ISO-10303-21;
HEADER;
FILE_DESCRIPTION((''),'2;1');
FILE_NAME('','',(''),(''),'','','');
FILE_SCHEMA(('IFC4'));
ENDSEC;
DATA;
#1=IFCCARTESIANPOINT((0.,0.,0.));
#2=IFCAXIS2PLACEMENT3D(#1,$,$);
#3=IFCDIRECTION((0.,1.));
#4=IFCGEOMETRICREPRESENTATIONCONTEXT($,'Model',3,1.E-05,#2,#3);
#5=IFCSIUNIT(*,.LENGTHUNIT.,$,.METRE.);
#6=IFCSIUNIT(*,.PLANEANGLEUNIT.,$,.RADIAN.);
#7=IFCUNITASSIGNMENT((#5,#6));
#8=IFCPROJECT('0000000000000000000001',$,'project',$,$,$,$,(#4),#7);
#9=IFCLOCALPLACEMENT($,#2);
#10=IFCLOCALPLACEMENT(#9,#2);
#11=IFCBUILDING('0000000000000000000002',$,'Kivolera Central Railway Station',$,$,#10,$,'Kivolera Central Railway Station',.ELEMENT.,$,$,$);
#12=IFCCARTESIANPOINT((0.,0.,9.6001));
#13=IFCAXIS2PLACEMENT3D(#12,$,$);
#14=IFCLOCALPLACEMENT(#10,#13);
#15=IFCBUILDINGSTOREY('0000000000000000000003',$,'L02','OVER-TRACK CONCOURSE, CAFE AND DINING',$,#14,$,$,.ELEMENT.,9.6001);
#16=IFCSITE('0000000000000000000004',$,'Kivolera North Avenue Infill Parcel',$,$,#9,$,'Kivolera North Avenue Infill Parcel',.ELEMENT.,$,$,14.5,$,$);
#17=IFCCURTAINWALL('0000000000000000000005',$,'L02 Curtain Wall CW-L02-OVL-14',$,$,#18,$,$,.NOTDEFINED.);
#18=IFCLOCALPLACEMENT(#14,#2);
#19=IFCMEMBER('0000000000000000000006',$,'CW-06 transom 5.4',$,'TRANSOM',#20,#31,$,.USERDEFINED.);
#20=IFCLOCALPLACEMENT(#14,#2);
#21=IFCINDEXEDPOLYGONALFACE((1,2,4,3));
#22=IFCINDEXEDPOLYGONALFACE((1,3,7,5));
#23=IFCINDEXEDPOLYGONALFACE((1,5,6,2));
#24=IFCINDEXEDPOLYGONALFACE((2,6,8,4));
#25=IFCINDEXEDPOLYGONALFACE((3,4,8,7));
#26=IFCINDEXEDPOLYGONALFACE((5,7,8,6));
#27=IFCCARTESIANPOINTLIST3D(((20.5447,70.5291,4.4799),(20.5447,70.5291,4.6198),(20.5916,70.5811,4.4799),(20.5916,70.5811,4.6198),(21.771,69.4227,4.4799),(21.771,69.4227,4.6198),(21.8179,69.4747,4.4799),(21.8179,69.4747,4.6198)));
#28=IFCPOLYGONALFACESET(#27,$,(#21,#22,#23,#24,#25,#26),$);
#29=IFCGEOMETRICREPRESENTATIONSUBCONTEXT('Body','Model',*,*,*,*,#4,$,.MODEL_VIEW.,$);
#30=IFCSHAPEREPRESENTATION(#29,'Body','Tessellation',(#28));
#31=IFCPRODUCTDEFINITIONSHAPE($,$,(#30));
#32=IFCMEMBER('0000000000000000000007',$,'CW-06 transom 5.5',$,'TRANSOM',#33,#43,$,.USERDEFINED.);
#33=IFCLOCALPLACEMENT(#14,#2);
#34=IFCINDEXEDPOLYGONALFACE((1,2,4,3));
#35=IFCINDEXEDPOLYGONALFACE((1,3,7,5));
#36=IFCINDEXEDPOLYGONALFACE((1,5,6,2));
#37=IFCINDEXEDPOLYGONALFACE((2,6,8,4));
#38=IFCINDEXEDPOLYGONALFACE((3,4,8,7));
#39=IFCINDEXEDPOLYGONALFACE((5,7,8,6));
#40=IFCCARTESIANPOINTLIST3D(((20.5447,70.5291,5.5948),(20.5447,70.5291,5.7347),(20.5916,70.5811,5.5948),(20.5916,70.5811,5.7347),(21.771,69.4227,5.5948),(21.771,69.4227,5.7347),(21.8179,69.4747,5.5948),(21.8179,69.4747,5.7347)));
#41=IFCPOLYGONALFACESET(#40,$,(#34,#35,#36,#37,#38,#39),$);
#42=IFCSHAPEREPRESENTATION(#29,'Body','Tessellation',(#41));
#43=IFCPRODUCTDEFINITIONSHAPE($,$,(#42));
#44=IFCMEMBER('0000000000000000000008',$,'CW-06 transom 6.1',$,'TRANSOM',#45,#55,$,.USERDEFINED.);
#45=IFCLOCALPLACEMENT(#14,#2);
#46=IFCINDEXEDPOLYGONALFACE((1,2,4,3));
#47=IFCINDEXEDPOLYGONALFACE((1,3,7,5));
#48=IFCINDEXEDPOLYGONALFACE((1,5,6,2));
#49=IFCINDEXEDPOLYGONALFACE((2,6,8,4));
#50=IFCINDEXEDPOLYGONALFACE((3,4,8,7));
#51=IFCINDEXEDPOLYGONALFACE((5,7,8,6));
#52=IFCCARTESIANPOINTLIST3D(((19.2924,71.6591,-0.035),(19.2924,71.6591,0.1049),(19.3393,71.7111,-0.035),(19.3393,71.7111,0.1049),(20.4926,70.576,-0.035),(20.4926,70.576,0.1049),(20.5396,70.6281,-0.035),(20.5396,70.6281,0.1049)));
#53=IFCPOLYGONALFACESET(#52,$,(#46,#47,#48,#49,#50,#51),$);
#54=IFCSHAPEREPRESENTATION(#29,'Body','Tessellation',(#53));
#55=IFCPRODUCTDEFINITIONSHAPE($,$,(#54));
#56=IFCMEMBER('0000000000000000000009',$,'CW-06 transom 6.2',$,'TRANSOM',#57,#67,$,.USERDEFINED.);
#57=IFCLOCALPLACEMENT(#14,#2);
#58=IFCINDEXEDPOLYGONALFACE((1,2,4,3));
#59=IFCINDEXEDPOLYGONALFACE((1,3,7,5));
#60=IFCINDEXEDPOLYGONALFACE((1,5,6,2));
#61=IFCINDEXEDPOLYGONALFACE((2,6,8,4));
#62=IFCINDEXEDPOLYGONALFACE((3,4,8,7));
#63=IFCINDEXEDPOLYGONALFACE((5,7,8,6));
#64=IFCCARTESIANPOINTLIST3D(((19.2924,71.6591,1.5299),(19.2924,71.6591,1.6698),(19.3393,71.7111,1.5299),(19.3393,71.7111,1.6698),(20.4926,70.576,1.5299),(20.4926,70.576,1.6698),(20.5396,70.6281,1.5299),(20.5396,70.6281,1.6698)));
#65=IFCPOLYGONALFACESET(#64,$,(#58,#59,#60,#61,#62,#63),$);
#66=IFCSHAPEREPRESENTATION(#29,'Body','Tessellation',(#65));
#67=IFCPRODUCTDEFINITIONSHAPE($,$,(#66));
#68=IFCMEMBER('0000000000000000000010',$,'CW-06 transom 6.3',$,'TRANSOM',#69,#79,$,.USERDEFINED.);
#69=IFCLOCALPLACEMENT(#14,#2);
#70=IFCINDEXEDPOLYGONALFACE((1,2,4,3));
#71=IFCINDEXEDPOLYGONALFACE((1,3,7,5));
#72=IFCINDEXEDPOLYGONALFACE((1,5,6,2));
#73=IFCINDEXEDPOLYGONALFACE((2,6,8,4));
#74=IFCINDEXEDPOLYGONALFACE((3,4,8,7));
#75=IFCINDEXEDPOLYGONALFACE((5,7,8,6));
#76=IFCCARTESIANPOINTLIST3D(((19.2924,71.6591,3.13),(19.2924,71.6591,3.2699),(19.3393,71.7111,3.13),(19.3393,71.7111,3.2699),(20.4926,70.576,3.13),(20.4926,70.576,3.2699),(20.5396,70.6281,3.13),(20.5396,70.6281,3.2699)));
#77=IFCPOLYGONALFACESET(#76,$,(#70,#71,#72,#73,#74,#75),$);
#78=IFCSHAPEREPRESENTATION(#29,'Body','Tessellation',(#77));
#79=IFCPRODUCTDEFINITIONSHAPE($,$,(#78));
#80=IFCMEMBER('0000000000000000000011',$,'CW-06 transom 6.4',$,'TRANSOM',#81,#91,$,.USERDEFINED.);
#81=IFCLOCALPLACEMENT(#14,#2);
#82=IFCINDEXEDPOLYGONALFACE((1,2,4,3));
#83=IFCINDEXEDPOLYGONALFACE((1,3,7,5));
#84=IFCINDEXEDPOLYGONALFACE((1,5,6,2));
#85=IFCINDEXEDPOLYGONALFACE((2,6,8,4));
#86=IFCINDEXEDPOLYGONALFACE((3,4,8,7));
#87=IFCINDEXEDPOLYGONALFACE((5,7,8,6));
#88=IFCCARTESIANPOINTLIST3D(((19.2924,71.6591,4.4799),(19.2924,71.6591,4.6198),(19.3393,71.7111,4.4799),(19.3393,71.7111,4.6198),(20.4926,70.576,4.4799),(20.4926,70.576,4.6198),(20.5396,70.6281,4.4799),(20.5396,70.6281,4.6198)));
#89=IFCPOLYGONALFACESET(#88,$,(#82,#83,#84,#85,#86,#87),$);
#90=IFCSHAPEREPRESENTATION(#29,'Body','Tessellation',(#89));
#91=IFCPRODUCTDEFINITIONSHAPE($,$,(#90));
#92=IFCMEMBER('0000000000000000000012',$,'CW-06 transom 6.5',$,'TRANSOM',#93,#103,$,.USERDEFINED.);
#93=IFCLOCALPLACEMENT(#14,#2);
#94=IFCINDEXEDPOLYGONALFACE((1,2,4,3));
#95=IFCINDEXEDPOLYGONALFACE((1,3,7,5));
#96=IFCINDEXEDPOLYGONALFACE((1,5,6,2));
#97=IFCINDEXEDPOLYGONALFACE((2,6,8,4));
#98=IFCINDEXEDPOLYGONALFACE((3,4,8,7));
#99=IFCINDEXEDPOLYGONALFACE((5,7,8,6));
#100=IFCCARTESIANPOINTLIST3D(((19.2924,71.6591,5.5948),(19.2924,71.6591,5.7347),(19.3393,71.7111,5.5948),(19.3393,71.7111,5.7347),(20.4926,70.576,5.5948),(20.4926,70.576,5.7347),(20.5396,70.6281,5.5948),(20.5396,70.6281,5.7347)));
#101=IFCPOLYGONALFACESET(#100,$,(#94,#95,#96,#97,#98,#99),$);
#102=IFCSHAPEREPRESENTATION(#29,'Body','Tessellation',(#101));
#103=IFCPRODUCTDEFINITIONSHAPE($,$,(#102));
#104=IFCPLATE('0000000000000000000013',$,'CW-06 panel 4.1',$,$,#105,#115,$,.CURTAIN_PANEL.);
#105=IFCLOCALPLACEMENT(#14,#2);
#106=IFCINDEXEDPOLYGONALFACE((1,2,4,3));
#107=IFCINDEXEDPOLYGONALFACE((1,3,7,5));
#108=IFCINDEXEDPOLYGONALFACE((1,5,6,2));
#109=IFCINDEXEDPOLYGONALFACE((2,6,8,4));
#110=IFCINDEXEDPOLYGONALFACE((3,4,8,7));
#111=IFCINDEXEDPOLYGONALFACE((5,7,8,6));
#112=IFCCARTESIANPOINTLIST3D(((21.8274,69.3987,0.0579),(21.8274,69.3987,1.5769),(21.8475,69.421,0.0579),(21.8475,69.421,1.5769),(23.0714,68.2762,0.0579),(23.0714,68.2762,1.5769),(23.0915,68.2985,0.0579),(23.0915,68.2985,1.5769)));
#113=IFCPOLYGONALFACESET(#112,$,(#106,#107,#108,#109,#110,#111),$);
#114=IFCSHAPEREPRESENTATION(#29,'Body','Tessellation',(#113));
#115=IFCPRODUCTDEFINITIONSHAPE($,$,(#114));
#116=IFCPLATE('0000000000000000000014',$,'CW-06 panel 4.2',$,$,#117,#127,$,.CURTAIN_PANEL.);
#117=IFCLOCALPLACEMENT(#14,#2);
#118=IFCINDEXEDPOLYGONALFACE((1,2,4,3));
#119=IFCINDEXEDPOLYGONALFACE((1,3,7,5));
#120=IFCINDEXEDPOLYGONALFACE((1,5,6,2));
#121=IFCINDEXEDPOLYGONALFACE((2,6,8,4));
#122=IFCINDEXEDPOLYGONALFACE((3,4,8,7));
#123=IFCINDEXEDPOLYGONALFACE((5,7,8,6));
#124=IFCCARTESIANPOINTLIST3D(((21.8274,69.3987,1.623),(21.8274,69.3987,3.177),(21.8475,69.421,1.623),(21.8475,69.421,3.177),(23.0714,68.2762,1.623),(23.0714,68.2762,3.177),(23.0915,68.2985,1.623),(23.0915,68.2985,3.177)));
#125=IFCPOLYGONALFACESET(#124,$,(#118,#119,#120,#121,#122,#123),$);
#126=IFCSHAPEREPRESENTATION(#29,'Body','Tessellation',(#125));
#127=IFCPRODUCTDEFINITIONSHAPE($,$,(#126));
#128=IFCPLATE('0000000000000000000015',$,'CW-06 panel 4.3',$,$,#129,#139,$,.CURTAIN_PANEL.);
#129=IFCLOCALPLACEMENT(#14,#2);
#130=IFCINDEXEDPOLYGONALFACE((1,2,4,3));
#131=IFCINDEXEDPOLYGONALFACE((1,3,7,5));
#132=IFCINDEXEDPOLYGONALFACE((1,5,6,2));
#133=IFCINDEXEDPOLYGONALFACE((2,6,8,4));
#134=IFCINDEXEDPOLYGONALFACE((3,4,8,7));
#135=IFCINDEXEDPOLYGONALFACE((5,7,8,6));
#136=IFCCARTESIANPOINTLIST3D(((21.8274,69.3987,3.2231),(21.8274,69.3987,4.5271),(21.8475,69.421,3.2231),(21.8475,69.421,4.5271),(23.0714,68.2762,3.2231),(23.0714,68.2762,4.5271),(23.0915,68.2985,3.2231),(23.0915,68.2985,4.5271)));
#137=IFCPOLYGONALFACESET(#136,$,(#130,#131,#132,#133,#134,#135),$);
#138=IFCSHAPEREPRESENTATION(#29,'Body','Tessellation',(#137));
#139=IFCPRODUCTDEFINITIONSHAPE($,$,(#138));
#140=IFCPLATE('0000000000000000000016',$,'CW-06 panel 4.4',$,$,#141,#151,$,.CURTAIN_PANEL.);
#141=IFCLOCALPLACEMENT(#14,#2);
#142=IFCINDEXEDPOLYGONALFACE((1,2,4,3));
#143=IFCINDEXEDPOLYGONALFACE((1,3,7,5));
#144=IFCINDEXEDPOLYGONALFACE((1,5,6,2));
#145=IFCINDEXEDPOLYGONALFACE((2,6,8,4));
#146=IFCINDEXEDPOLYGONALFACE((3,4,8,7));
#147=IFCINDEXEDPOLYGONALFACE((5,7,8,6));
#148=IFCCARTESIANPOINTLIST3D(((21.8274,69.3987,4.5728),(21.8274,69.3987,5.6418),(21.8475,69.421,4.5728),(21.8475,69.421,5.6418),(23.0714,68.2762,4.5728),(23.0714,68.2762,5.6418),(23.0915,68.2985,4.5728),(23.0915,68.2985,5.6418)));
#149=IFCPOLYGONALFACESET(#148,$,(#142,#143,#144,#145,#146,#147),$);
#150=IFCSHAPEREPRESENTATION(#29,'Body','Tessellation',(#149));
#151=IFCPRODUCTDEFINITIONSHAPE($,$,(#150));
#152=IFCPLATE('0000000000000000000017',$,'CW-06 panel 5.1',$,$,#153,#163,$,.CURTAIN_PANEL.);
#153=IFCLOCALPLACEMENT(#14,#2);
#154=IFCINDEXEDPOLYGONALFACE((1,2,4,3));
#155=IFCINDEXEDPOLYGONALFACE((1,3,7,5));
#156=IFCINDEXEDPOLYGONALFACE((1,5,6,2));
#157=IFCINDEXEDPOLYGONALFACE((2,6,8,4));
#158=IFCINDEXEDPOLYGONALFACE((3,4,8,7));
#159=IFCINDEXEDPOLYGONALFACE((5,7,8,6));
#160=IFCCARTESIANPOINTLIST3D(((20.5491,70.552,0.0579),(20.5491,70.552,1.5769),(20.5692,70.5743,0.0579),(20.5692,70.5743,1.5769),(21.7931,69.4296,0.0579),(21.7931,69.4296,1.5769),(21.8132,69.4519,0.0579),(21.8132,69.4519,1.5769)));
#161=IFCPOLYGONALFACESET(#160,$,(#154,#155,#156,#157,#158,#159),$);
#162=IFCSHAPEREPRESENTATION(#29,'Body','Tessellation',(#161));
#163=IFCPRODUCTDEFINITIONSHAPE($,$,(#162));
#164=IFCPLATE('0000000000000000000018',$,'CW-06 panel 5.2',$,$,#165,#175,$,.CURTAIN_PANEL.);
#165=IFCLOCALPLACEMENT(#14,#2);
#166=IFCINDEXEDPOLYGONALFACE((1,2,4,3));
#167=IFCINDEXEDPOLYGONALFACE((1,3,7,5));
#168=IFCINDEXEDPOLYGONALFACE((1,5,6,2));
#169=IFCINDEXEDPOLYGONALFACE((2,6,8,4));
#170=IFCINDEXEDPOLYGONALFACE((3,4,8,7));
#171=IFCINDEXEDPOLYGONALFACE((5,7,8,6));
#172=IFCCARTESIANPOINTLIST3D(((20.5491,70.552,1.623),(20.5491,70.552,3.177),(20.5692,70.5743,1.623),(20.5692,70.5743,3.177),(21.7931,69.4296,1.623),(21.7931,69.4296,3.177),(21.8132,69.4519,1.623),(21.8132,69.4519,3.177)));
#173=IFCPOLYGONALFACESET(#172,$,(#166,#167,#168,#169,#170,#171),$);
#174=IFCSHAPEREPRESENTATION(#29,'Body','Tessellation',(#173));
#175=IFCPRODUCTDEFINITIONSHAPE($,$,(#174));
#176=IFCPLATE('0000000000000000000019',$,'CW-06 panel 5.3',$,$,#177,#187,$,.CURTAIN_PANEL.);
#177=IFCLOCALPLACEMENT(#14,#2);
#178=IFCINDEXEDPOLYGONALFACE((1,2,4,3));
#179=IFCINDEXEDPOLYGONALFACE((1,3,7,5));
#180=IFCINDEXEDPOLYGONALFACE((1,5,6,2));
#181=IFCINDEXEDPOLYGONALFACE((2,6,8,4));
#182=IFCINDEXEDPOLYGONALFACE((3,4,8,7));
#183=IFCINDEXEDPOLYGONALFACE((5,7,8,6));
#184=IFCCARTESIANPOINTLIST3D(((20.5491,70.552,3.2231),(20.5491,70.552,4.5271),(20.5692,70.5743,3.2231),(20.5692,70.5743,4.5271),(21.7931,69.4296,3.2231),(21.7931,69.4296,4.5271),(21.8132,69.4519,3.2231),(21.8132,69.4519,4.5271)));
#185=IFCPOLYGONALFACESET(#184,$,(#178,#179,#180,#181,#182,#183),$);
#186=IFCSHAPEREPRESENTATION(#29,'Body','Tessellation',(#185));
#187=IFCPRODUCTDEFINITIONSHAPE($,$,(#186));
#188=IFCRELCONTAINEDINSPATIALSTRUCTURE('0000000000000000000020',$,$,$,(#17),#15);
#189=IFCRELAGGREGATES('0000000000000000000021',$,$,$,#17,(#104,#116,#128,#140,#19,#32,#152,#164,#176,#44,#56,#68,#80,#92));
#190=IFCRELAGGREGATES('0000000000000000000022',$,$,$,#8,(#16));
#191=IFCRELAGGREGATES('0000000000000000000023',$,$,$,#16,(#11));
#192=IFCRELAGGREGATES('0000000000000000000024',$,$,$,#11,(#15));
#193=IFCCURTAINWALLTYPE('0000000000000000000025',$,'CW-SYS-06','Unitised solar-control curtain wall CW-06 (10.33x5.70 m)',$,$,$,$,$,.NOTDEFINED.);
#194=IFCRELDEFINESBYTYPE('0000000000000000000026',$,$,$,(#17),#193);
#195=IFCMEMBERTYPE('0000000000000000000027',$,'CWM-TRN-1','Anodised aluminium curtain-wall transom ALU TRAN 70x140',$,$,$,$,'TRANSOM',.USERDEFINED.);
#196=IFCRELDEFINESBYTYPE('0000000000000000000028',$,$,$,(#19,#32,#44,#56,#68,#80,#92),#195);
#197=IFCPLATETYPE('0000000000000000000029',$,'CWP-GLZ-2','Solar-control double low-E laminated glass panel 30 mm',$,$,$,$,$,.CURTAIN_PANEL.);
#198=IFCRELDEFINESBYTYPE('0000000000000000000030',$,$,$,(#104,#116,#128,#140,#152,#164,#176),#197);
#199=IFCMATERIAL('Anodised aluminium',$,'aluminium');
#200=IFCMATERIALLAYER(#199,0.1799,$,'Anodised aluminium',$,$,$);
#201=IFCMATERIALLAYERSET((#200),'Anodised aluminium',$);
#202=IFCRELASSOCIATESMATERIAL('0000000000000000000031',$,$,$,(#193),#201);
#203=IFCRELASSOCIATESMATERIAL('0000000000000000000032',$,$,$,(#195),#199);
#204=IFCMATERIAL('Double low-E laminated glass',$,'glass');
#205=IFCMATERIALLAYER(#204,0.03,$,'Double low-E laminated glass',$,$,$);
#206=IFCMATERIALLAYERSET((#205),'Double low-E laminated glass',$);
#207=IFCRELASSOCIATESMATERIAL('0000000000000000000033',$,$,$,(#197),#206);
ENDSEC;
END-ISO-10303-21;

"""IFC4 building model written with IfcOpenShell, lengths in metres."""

from ifc_helpers import new_model, si_unit, direction, frame, origin, origin_2d, place, context, subcontext, project, spatial, rectangle, extrude, material, layer, layer_set, material_profile, profile_set, type_object, element, aggregate, save


model = new_model("IFC4")

# Units and contexts
model_context = context("Model", 3, precision=1e-05, world=origin(), true_north=direction((0.0, 1.0)))
body_context = subcontext(model_context, "Body", "Model", "MODEL_VIEW")
ifc_project = project(units=[si_unit("LENGTHUNIT", "METRE"), si_unit("PLANEANGLEUNIT", "RADIAN")], contexts=[model_context])

# Site, building, storey
site_placement = place(None, origin())
site = spatial("IfcSite", under=ifc_project, at=site_placement, Name="Kivolera North Avenue Infill Parcel", LongName="Kivolera North Avenue Infill Parcel", CompositionType="ELEMENT", RefElevation=14.5)
building_placement = place(site_placement, origin())
building = spatial("IfcBuilding", under=site, at=building_placement, Name="Kivolera Central Railway Station", LongName="Kivolera Central Railway Station", CompositionType="ELEMENT")
storey_placement = place(building_placement, frame((0.0, 0.0, 9.6001)))
storey = spatial("IfcBuildingStorey", under=building, at=storey_placement, Name="L02", Description="OVER-TRACK CONCOURSE, CAFE AND DINING", CompositionType="ELEMENT", Elevation=9.6001)

# Curtain wall, members, plates
ifc_material_1 = material(Name="Anodised aluminium", Category="aluminium")
ifc_layer_1 = layer(ifc_material_1, 0.1799, Name="Anodised aluminium")
ifc_layer_set_1 = layer_set([ifc_layer_1], Name="Anodised aluminium")
curtain_wall_type = type_object("IfcCurtainWallType", Name="CW-SYS-06", Description="Unitised solar-control curtain wall CW-06 (10.33x5.70 m)", PredefinedType="NOTDEFINED", material=ifc_layer_set_1)
curtain_wall_placement = place(storey_placement, origin())
curtain_wall = element("IfcCurtainWall", 1, at=curtain_wall_placement, inside=storey, type_object=curtain_wall_type, Name="L02 Curtain Wall CW-L02-OVL-14", PredefinedType="NOTDEFINED")
ifc_material_profile_1 = material_profile(ifc_material_1, rectangle(XDim=0.0701, YDim=0.1399, at=origin_2d()), Name="ALU TRAN 70x140")
ifc_profile_set_1 = profile_set([ifc_material_profile_1], Name="Anodised aluminium")
member_type_1 = type_object("IfcMemberType", Name="CWM-TRN-1", Description="Anodised aluminium curtain-wall transom ALU TRAN 70x140", ElementType="TRANSOM", PredefinedType="USERDEFINED", material=ifc_profile_set_1)
member_1_placement = place(storey_placement, frame((21.7944, 69.4487, 4.5498), z_axis=(-0.742463, 0.669887, 0.0), x_axis=(-0.669887, -0.742463, 0.0)))
member_1 = element("IfcMember", 2, at=member_1_placement, type_object=member_type_1, Name="CW-06 transom 5.4", ObjectType="TRANSOM", PredefinedType="USERDEFINED", context=body_context, shape_type="SweptSolid", body=[
    extrude(rectangle(XDim=0.0701, YDim=0.1399, at=origin_2d()), origin(), (0.0, 0.0, 1.0), 1.6516),
])
member_2_placement = place(storey_placement, frame((21.7944, 69.4487, 5.6648), z_axis=(-0.742463, 0.669887, 0.0), x_axis=(-0.669887, -0.742463, 0.0)))
member_2 = element("IfcMember", 3, at=member_2_placement, type_object=member_type_1, Name="CW-06 transom 5.5", ObjectType="TRANSOM", PredefinedType="USERDEFINED", context=body_context, shape_type="SweptSolid", body=[
    extrude(rectangle(XDim=0.0701, YDim=0.1399, at=origin_2d()), origin(), (0.0, 0.0, 1.0), 1.6516),
])
member_3_placement = place(storey_placement, frame((20.5161, 70.6021, 0.0349), z_axis=(-0.742422, 0.669932, 0.0), x_axis=(-0.669932, -0.742422, 0.0)))
member_3 = element("IfcMember", 4, at=member_3_placement, type_object=member_type_1, Name="CW-06 transom 6.1", ObjectType="TRANSOM", PredefinedType="USERDEFINED", context=body_context, shape_type="SweptSolid", body=[
    extrude(rectangle(XDim=0.0701, YDim=0.1399, at=origin_2d()), origin(), (0.0, 0.0, 1.0), 1.6167),
])
member_4_placement = place(storey_placement, frame((20.5161, 70.6021, 1.5999), z_axis=(-0.742422, 0.669932, 0.0), x_axis=(-0.669932, -0.742422, 0.0)))
member_4 = element("IfcMember", 5, at=member_4_placement, type_object=member_type_1, Name="CW-06 transom 6.2", ObjectType="TRANSOM", PredefinedType="USERDEFINED", context=body_context, shape_type="SweptSolid", body=[
    extrude(rectangle(XDim=0.0701, YDim=0.1399, at=origin_2d()), origin(), (0.0, 0.0, 1.0), 1.6167),
])
member_5_placement = place(storey_placement, frame((20.5161, 70.6021, 3.2), z_axis=(-0.742422, 0.669932, 0.0), x_axis=(-0.669932, -0.742422, 0.0)))
member_5 = element("IfcMember", 6, at=member_5_placement, type_object=member_type_1, Name="CW-06 transom 6.3", ObjectType="TRANSOM", PredefinedType="USERDEFINED", context=body_context, shape_type="SweptSolid", body=[
    extrude(rectangle(XDim=0.0701, YDim=0.1399, at=origin_2d()), origin(), (0.0, 0.0, 1.0), 1.6167),
])
member_6_placement = place(storey_placement, frame((20.5161, 70.6021, 4.5498), z_axis=(-0.742422, 0.669932, 0.0), x_axis=(-0.669932, -0.742422, 0.0)))
member_6 = element("IfcMember", 7, at=member_6_placement, type_object=member_type_1, Name="CW-06 transom 6.4", ObjectType="TRANSOM", PredefinedType="USERDEFINED", context=body_context, shape_type="SweptSolid", body=[
    extrude(rectangle(XDim=0.0701, YDim=0.1399, at=origin_2d()), origin(), (0.0, 0.0, 1.0), 1.6167),
])
member_7_placement = place(storey_placement, frame((20.5161, 70.6021, 5.6648), z_axis=(-0.742422, 0.669932, 0.0), x_axis=(-0.669932, -0.742422, 0.0)))
member_7 = element("IfcMember", 8, at=member_7_placement, type_object=member_type_1, Name="CW-06 transom 6.5", ObjectType="TRANSOM", PredefinedType="USERDEFINED", context=body_context, shape_type="SweptSolid", body=[
    extrude(rectangle(XDim=0.0701, YDim=0.1399, at=origin_2d()), origin(), (0.0, 0.0, 1.0), 1.6167),
])
ifc_material_2 = material(Name="Double low-E laminated glass", Category="glass")
ifc_layer_2 = layer(ifc_material_2, 0.03, Name="Double low-E laminated glass")
ifc_layer_set_2 = layer_set([ifc_layer_2], Name="Double low-E laminated glass")
plate_type = type_object("IfcPlateType", Name="CWP-GLZ-2", Description="Solar-control double low-E laminated glass panel 30 mm", PredefinedType="CURTAIN_PANEL", material=ifc_layer_set_2)
plate_1_placement = place(storey_placement, frame((22.4595, 68.8486, 0.0579), z_axis=(0.0, 0.0, 1.0), x_axis=(-0.742432, 0.669922, 0.0)))
plate_1 = element("IfcPlate", 9, at=plate_1_placement, type_object=plate_type, Name="CW-06 panel 4.1", PredefinedType="CURTAIN_PANEL", context=body_context, shape_type="SweptSolid", body=[
    extrude(rectangle(XDim=1.6755, YDim=0.03, at=origin_2d()), origin(), (0.0, 0.0, 1.0), 1.519),
])
plate_2_placement = place(storey_placement, frame((22.4595, 68.8486, 1.623), z_axis=(0.0, 0.0, 1.0), x_axis=(-0.742432, 0.669922, 0.0)))
plate_2 = element("IfcPlate", 10, at=plate_2_placement, type_object=plate_type, Name="CW-06 panel 4.2", PredefinedType="CURTAIN_PANEL", context=body_context, shape_type="SweptSolid", body=[
    extrude(rectangle(XDim=1.6755, YDim=0.03, at=origin_2d()), origin(), (0.0, 0.0, 1.0), 1.554),
])
plate_3_placement = place(storey_placement, frame((22.4595, 68.8486, 3.2231), z_axis=(0.0, 0.0, 1.0), x_axis=(-0.742432, 0.669922, 0.0)))
plate_3 = element("IfcPlate", 11, at=plate_3_placement, type_object=plate_type, Name="CW-06 panel 4.3", PredefinedType="CURTAIN_PANEL", context=body_context, shape_type="SweptSolid", body=[
    extrude(rectangle(XDim=1.6755, YDim=0.03, at=origin_2d()), origin(), (0.0, 0.0, 1.0), 1.304),
])
plate_4_placement = place(storey_placement, frame((22.4595, 68.8486, 4.5728), z_axis=(0.0, 0.0, 1.0), x_axis=(-0.742432, 0.669922, 0.0)))
plate_4 = element("IfcPlate", 12, at=plate_4_placement, type_object=plate_type, Name="CW-06 panel 4.4", PredefinedType="CURTAIN_PANEL", context=body_context, shape_type="SweptSolid", body=[
    extrude(rectangle(XDim=1.6755, YDim=0.03, at=origin_2d()), origin(), (0.0, 0.0, 1.0), 1.0691),
])
plate_5_placement = place(storey_placement, frame((21.1812, 70.002, 0.0579), z_axis=(0.0, 0.0, 1.0), x_axis=(-0.742432, 0.669922, 0.0)))
plate_5 = element("IfcPlate", 13, at=plate_5_placement, type_object=plate_type, Name="CW-06 panel 5.1", PredefinedType="CURTAIN_PANEL", context=body_context, shape_type="SweptSolid", body=[
    extrude(rectangle(XDim=1.6755, YDim=0.03, at=origin_2d()), origin(), (0.0, 0.0, 1.0), 1.519),
])
plate_6_placement = place(storey_placement, frame((21.1812, 70.002, 1.623), z_axis=(0.0, 0.0, 1.0), x_axis=(-0.742432, 0.669922, 0.0)))
plate_6 = element("IfcPlate", 14, at=plate_6_placement, type_object=plate_type, Name="CW-06 panel 5.2", PredefinedType="CURTAIN_PANEL", context=body_context, shape_type="SweptSolid", body=[
    extrude(rectangle(XDim=1.6755, YDim=0.03, at=origin_2d()), origin(), (0.0, 0.0, 1.0), 1.554),
])
plate_7_placement = place(storey_placement, frame((21.1812, 70.002, 3.2231), z_axis=(0.0, 0.0, 1.0), x_axis=(-0.742432, 0.669922, 0.0)))
plate_7 = element("IfcPlate", 15, at=plate_7_placement, type_object=plate_type, Name="CW-06 panel 5.3", PredefinedType="CURTAIN_PANEL", context=body_context, shape_type="SweptSolid", body=[
    extrude(rectangle(XDim=1.6755, YDim=0.03, at=origin_2d()), origin(), (0.0, 0.0, 1.0), 1.304),
])
aggregate(curtain_wall, [plate_1, plate_2, plate_3, plate_4, member_1, member_2, plate_5, plate_6, plate_7, member_3, member_4, member_5, member_6, member_7])

save(model, "model.ifc")
